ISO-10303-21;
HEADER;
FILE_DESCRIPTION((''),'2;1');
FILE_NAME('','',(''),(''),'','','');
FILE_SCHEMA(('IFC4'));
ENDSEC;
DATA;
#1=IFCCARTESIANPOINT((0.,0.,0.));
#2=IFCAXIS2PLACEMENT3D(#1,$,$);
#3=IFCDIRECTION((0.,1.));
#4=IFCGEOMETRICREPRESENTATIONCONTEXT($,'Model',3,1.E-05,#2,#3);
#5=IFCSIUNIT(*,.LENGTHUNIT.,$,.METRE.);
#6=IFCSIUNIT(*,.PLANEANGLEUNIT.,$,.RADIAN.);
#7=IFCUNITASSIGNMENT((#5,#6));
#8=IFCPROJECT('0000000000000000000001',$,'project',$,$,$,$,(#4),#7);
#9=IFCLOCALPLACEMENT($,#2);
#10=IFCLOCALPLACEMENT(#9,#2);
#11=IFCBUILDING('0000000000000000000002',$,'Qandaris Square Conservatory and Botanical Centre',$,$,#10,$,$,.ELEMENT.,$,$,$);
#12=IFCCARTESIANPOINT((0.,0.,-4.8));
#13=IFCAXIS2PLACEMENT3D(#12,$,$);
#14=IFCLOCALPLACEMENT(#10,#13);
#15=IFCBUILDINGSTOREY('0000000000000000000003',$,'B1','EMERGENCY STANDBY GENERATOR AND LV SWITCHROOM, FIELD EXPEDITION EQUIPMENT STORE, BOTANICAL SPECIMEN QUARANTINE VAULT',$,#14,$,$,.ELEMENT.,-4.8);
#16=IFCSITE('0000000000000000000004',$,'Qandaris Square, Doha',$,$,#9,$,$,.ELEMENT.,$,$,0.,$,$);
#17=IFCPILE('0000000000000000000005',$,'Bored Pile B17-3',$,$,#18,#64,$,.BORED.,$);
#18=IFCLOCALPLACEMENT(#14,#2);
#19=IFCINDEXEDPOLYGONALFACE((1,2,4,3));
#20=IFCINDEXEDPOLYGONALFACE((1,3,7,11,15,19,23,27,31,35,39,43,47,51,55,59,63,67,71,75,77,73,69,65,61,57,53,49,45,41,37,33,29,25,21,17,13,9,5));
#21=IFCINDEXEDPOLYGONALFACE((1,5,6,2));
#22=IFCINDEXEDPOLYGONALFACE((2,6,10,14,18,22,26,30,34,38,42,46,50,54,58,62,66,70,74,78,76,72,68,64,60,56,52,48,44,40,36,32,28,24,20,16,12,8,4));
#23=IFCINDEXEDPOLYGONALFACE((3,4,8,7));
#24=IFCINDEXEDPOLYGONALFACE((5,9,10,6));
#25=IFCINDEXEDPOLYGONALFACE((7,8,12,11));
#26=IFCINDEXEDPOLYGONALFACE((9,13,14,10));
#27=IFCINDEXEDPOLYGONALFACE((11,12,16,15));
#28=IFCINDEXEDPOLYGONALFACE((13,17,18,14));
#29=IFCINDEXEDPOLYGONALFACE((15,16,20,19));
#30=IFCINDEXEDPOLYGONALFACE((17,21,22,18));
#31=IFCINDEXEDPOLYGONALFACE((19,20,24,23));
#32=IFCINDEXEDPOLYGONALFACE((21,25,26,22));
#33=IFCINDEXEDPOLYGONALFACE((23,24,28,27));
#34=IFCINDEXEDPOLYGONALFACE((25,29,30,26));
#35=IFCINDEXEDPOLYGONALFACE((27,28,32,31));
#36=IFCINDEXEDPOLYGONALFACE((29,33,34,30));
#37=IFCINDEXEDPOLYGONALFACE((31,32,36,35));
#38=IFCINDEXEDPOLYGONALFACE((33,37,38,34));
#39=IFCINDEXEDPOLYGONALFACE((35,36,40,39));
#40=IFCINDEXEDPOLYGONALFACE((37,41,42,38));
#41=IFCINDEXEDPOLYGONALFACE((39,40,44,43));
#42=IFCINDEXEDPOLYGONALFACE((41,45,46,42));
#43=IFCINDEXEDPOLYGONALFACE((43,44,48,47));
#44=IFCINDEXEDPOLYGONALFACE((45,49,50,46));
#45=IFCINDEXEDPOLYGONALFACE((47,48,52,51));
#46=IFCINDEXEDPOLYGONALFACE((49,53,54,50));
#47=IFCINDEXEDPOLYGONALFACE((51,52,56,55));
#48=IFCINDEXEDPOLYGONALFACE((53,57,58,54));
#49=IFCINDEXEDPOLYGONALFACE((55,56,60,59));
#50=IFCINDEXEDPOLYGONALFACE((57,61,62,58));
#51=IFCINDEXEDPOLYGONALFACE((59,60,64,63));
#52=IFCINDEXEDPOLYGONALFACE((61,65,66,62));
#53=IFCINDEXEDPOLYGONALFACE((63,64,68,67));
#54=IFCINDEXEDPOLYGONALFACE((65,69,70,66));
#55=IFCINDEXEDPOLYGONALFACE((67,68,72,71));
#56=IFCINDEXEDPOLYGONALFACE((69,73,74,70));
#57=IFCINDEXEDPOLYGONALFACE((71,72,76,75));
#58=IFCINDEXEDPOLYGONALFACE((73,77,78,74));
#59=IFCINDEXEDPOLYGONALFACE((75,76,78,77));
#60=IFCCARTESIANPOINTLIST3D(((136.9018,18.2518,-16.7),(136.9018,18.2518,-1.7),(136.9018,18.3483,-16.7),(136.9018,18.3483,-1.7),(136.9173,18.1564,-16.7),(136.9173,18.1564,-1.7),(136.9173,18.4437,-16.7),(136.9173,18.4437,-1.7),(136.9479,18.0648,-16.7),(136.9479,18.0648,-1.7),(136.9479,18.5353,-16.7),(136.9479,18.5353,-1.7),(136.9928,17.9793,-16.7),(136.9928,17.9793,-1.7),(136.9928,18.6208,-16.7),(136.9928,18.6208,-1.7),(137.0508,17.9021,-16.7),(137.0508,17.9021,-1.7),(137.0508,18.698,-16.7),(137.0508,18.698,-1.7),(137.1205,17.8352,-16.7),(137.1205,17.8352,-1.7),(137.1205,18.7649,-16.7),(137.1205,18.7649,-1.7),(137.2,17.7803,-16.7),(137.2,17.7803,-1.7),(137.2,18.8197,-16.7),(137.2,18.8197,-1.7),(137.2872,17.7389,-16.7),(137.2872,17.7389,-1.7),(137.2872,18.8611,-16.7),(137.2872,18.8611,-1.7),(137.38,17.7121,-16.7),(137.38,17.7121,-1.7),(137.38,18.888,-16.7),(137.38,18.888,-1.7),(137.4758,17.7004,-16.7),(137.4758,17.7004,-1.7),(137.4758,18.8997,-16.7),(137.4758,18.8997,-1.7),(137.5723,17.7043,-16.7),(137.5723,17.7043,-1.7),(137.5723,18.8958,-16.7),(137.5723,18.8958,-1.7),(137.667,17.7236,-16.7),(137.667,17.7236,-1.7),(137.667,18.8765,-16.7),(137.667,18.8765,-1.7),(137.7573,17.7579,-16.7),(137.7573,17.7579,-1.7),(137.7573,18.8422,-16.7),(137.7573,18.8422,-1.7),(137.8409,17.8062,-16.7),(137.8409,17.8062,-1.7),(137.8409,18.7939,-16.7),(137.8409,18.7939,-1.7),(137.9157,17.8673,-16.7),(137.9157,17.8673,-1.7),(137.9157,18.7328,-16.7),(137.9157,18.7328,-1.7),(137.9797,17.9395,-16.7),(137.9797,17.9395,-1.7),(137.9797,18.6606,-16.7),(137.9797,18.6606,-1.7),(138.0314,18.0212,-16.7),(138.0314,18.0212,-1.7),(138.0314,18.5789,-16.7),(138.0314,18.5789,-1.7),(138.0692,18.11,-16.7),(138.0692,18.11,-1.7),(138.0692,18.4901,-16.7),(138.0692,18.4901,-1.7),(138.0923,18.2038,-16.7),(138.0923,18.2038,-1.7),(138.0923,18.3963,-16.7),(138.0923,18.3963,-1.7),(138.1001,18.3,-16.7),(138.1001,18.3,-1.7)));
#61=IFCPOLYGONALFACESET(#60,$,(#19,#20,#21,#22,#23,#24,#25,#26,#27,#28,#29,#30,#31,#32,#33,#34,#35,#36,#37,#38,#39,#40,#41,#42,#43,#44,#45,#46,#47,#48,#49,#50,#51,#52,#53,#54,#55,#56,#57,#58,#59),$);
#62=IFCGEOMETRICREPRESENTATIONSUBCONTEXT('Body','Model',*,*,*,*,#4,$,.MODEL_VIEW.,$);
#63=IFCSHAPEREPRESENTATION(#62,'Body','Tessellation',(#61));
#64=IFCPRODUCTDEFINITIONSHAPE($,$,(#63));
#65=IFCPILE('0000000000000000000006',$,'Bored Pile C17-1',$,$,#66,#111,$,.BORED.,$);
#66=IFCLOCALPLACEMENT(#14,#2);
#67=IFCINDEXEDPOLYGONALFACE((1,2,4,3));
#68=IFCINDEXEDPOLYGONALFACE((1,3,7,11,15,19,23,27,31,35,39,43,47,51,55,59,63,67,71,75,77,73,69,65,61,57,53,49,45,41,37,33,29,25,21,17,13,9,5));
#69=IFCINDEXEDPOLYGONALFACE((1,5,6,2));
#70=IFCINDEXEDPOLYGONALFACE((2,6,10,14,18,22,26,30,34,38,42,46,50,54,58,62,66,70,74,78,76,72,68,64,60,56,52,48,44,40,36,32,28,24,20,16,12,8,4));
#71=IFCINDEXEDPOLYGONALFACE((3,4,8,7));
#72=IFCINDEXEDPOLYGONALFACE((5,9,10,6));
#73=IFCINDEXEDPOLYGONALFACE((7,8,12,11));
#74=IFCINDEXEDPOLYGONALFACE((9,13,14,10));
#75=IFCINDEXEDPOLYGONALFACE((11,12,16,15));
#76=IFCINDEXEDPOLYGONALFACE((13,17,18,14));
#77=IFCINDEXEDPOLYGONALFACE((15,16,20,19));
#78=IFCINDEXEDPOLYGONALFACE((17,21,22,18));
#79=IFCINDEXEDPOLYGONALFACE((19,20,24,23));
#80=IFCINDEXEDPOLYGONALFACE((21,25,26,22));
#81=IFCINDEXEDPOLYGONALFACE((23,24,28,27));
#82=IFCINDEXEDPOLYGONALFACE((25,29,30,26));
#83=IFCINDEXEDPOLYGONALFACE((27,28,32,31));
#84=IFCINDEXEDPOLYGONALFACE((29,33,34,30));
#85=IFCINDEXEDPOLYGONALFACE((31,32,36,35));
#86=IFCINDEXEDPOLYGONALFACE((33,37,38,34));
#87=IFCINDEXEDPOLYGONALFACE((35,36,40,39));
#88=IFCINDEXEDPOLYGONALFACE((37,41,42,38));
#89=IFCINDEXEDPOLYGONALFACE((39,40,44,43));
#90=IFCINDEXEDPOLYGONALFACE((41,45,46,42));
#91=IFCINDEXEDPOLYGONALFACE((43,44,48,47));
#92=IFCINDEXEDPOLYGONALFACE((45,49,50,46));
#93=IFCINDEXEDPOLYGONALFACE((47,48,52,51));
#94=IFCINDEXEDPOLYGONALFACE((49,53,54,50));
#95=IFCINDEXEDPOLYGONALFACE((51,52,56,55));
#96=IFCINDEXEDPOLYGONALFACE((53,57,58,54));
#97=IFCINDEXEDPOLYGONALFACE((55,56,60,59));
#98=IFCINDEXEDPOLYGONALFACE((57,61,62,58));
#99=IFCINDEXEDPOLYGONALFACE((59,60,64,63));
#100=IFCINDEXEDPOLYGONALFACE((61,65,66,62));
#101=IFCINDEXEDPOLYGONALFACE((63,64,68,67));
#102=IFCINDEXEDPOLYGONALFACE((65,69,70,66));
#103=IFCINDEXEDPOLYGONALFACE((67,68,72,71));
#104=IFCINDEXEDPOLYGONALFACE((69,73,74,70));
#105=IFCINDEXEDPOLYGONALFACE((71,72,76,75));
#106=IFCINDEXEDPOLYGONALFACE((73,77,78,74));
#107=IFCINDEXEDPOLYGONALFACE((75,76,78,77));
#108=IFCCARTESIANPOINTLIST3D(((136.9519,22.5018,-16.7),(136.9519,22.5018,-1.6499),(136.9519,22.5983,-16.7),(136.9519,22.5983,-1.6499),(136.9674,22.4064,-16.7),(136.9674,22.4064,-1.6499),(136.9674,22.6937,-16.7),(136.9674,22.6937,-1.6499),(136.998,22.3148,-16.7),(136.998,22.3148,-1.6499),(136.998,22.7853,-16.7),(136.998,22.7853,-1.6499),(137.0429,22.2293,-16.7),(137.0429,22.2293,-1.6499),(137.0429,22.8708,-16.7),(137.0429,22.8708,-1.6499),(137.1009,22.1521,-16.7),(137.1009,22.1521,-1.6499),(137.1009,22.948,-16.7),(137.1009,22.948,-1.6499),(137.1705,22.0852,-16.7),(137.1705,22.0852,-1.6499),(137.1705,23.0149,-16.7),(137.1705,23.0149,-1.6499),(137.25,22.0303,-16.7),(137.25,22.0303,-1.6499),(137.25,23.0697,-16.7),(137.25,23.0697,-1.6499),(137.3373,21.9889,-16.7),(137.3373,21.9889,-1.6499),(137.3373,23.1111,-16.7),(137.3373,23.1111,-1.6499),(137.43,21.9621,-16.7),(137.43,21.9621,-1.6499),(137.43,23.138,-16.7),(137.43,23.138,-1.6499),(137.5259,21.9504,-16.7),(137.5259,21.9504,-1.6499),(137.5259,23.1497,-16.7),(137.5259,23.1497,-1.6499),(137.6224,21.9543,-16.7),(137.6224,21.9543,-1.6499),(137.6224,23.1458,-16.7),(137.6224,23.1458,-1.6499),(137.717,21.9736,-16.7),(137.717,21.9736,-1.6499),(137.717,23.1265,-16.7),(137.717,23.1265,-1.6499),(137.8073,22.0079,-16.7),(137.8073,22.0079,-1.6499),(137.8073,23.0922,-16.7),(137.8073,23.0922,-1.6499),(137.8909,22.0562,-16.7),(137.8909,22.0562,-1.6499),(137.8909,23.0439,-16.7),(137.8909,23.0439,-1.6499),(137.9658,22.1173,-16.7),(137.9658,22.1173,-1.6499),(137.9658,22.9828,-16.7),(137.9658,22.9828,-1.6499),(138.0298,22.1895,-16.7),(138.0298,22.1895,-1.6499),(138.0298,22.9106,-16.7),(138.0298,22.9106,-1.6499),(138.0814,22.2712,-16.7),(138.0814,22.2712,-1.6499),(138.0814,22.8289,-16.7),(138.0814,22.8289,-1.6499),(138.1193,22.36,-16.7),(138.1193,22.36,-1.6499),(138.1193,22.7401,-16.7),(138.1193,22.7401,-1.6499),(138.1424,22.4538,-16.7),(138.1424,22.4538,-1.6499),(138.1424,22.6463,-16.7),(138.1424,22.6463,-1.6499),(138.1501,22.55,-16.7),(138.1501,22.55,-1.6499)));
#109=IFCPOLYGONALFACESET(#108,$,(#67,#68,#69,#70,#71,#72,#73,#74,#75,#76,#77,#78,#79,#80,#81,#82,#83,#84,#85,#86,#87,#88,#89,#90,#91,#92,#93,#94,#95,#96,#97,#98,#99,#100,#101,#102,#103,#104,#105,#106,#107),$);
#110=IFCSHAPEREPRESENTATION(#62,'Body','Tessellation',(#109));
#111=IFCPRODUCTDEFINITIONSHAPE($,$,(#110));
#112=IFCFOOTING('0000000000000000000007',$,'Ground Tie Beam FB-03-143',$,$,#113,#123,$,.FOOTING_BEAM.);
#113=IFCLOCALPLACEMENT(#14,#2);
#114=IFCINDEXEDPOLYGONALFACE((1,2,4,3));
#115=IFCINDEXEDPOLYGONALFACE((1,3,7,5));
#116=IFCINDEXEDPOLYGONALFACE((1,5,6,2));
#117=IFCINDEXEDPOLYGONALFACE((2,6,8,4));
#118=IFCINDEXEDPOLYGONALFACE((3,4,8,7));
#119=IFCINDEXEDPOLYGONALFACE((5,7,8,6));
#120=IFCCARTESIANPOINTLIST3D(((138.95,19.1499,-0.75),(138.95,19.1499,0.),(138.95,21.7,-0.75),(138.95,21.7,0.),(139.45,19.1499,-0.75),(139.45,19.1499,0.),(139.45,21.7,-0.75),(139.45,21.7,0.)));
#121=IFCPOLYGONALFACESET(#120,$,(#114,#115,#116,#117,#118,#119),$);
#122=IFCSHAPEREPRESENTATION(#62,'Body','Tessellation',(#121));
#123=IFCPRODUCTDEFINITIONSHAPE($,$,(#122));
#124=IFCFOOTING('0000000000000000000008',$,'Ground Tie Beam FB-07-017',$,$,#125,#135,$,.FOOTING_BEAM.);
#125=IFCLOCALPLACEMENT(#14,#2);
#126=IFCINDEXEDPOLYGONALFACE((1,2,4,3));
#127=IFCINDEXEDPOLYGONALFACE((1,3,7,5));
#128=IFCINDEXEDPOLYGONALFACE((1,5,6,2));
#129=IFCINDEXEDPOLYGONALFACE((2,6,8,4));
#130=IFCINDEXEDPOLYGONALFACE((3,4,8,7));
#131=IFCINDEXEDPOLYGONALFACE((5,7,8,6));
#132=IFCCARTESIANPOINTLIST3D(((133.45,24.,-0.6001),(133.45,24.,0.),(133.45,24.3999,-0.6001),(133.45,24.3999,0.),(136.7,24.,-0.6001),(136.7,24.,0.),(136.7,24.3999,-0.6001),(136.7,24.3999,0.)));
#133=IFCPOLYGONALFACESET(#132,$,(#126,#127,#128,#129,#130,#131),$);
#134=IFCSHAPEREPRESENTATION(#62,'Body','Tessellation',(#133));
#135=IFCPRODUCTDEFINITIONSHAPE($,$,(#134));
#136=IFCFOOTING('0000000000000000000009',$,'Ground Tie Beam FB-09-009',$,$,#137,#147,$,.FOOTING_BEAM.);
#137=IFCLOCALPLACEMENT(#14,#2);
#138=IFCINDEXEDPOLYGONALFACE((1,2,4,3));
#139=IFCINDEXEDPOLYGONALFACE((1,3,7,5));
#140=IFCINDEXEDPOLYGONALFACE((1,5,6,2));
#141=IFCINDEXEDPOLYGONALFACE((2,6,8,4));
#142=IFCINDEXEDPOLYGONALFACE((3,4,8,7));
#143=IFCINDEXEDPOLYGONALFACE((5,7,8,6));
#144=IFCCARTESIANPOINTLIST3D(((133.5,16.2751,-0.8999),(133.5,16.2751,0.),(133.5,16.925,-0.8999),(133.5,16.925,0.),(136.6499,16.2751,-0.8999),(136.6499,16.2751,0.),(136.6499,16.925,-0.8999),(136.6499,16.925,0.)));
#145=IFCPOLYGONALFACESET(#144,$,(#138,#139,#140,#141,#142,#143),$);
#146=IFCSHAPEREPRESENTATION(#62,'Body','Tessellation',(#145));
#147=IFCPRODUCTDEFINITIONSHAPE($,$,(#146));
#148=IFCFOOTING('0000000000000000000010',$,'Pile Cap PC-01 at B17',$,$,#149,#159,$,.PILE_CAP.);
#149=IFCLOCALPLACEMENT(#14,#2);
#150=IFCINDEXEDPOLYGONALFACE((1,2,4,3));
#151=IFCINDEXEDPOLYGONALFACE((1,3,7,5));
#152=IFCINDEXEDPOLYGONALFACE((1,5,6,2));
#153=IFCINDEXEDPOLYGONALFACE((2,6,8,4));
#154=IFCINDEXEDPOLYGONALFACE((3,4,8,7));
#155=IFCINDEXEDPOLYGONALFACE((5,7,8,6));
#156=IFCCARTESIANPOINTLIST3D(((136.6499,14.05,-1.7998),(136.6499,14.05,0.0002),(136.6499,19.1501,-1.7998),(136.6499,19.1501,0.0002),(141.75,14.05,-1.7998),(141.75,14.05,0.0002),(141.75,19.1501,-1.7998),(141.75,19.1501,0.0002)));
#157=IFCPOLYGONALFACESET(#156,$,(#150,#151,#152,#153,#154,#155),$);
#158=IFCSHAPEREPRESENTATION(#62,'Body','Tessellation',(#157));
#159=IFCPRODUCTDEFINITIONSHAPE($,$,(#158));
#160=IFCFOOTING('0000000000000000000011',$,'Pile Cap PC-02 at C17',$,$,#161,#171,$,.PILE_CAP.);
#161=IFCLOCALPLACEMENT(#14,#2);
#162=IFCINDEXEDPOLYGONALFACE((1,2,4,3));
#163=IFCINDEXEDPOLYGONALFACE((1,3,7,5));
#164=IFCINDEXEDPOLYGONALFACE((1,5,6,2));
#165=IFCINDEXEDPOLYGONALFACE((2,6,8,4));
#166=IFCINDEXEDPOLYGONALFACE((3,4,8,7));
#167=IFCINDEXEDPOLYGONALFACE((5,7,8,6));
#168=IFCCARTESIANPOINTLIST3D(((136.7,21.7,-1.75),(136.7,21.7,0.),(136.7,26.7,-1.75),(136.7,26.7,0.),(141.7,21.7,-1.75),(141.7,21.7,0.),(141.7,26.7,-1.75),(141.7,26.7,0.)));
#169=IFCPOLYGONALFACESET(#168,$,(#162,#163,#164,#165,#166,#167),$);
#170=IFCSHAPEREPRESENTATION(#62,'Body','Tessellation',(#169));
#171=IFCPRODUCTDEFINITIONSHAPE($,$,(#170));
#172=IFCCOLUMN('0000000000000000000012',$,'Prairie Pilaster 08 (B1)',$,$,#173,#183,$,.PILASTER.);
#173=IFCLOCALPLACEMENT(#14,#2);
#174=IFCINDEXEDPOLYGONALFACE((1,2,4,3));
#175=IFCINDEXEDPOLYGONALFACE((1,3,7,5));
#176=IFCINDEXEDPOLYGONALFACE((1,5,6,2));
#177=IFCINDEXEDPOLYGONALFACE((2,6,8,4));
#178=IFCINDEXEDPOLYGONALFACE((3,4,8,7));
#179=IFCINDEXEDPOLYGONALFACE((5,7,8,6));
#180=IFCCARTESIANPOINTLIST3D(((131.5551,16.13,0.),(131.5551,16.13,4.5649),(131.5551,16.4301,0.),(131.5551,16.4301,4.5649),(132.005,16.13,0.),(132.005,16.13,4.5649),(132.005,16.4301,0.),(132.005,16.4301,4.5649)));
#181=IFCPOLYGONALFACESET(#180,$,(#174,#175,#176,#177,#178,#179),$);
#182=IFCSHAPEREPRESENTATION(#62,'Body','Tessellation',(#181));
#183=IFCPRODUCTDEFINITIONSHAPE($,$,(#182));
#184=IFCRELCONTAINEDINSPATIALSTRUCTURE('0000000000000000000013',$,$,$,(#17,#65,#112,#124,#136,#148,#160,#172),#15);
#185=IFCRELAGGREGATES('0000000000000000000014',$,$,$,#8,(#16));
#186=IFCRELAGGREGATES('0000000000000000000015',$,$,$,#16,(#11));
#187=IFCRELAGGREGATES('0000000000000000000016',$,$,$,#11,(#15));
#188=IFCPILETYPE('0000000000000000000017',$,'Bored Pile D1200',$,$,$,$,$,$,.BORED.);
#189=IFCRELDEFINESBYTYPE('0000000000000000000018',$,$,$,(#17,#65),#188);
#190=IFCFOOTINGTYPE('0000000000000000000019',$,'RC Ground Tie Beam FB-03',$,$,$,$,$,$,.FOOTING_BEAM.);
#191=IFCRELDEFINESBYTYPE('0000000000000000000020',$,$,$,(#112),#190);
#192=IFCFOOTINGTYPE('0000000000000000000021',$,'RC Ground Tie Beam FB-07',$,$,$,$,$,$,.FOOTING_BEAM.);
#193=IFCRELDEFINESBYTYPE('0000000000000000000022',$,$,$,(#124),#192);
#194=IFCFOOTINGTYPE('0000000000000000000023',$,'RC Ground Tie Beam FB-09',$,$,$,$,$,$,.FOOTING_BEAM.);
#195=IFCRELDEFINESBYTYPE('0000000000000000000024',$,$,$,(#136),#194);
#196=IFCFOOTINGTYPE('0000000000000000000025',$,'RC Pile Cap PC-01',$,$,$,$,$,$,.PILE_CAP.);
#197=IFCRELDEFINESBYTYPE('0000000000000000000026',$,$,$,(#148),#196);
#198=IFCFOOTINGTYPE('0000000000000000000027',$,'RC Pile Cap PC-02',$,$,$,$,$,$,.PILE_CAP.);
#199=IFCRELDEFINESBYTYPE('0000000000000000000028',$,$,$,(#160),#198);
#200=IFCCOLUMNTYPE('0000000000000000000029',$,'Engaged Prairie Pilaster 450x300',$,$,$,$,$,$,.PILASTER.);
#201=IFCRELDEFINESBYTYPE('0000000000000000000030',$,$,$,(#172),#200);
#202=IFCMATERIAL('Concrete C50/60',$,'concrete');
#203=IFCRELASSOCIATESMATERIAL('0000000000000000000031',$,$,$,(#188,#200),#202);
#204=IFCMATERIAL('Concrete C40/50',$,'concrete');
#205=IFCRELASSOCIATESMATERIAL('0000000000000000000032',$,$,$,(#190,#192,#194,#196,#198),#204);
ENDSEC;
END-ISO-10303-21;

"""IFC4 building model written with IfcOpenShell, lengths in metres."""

from ifc_helpers import new_model, si_unit, direction, frame, origin, origin_2d, place, context, subcontext, project, spatial, rectangle, circle, extrude, material, material_profile, profile_set, type_object, element, save


model = new_model("IFC4")

# Units and contexts
model_context = context("Model", 3, precision=1e-05, world=origin(), true_north=direction((0.0, 1.0)))
body_context = subcontext(model_context, "Body", "Model", "MODEL_VIEW")
ifc_project = project(units=[si_unit("LENGTHUNIT", "METRE"), si_unit("PLANEANGLEUNIT", "RADIAN")], contexts=[model_context])

# Site, building, storey
site_placement = place(None, origin())
site = spatial("IfcSite", under=ifc_project, at=site_placement, Name="Qandaris Square, Doha", CompositionType="ELEMENT", RefElevation=0.0)
building_placement = place(site_placement, origin())
building = spatial("IfcBuilding", under=site, at=building_placement, Name="Qandaris Square Conservatory and Botanical Centre", CompositionType="ELEMENT")
storey_placement = place(building_placement, frame((0.0, 0.0, -4.8)))
storey = spatial("IfcBuildingStorey", under=building, at=storey_placement, Name="B1", Description="EMERGENCY STANDBY GENERATOR AND LV SWITCHROOM, FIELD EXPEDITION EQUIPMENT STORE, BOTANICAL SPECIMEN QUARANTINE VAULT", CompositionType="ELEMENT", Elevation=-4.8)

# Piles
ifc_material_1 = material(Name="Concrete C50/60", Category="concrete")
ifc_material_profile_1 = material_profile(ifc_material_1, circle(Radius=0.6001, at=origin_2d()), Name="PILE D1200")
ifc_profile_set_1 = profile_set([ifc_material_profile_1], Name="Concrete C50/60")
pile_type = type_object("IfcPileType", Name="Bored Pile D1200", PredefinedType="BORED", material=ifc_profile_set_1)
for number, where, z_axis, x_axis, name in (
    (1, (137.5, 18.3, -1.7), (0.0, 0.0, -1.0), (1.0, 0.0, 0.0), "Bored Pile B17-3"),
):
    element("IfcPile", number, at=place(storey_placement, frame(where, z_axis=z_axis, x_axis=x_axis)), inside=storey, type_object=pile_type, Name=name, PredefinedType="BORED", context=body_context, shape_type="SweptSolid", body=[
        extrude(circle(Radius=0.6001, at=origin_2d()), origin(), (0.0, 0.0, 1.0), 15.0),
    ])
pile_1_placement = place(storey_placement, frame((137.55, 22.55, -1.6499), z_axis=(0.0, 0.0, -1.0), x_axis=(1.0, 0.0, 0.0)))
element("IfcPile", 2, at=pile_1_placement, inside=storey, type_object=pile_type, Name="Bored Pile C17-1", PredefinedType="BORED", context=body_context, shape_type="SweptSolid", body=[
    extrude(circle(Radius=0.6001, at=origin_2d()), origin(), (0.0, 0.0, 1.0), 15.05),
])

# Footings
ifc_material_2 = material(Name="Concrete C40/50", Category="concrete")
ifc_material_profile_2 = material_profile(ifc_material_2, rectangle(XDim=0.5, YDim=0.75, at=origin_2d()), Name="FB 500x750")
ifc_profile_set_2 = profile_set([ifc_material_profile_2], Name="Concrete C40/50")
footing_type_1 = type_object("IfcFootingType", Name="RC Ground Tie Beam FB-03", PredefinedType="FOOTING_BEAM", material=ifc_profile_set_2)
footing_1_placement = place(storey_placement, frame((139.2, 19.1499, -0.375), z_axis=(0.0, 1.0, 0.0), x_axis=(-1.0, 0.0, 0.0)))
element("IfcFooting", 3, at=footing_1_placement, inside=storey, type_object=footing_type_1, Name="Ground Tie Beam FB-03-143", PredefinedType="FOOTING_BEAM", context=body_context, shape_type="SweptSolid", body=[
    extrude(rectangle(XDim=0.5, YDim=0.75, at=origin_2d()), origin(), (0.0, 0.0, 1.0), 2.55),
])
ifc_material_profile_3 = material_profile(ifc_material_2, rectangle(XDim=0.3999, YDim=0.6001, at=origin_2d()), Name="FB 400x600")
ifc_profile_set_3 = profile_set([ifc_material_profile_3], Name="Concrete C40/50")
footing_type_2 = type_object("IfcFootingType", Name="RC Ground Tie Beam FB-07", PredefinedType="FOOTING_BEAM", material=ifc_profile_set_3)
footing_2_placement = place(storey_placement, frame((133.45, 24.2, -0.3), z_axis=(1.0, 0.0, 0.0), x_axis=(0.0, 1.0, 0.0)))
element("IfcFooting", 4, at=footing_2_placement, inside=storey, type_object=footing_type_2, Name="Ground Tie Beam FB-07-017", PredefinedType="FOOTING_BEAM", context=body_context, shape_type="SweptSolid", body=[
    extrude(rectangle(XDim=0.3999, YDim=0.6001, at=origin_2d()), origin(), (0.0, 0.0, 1.0), 3.25),
])
ifc_material_profile_4 = material_profile(ifc_material_2, rectangle(XDim=0.6499, YDim=0.8999, at=origin_2d()), Name="FB 650x900")
ifc_profile_set_4 = profile_set([ifc_material_profile_4], Name="Concrete C40/50")
footing_type_3 = type_object("IfcFootingType", Name="RC Ground Tie Beam FB-09", PredefinedType="FOOTING_BEAM", material=ifc_profile_set_4)
footing_3_placement = place(storey_placement, frame((133.5, 16.6001, -0.45), z_axis=(1.0, 0.0, 0.0), x_axis=(0.0, 1.0, 0.0)))
element("IfcFooting", 5, at=footing_3_placement, inside=storey, type_object=footing_type_3, Name="Ground Tie Beam FB-09-009", PredefinedType="FOOTING_BEAM", context=body_context, shape_type="SweptSolid", body=[
    extrude(rectangle(XDim=0.6499, YDim=0.8999, at=origin_2d()), origin(), (0.0, 0.0, 1.0), 3.1499),
])
footing_type_4 = type_object("IfcFootingType", Name="RC Pile Cap PC-01", PredefinedType="PILE_CAP", material=ifc_material_2)
footing_4_placement = place(storey_placement, frame((139.2, 16.6001, -1.7998), z_axis=(0.0, 0.0, 1.0), x_axis=(1.0, 0.0, 0.0)))
element("IfcFooting", 6, at=footing_4_placement, inside=storey, type_object=footing_type_4, Name="Pile Cap PC-01 at B17", PredefinedType="PILE_CAP", context=body_context, shape_type="SweptSolid", body=[
    extrude(rectangle(XDim=5.1001, YDim=5.1001, at=origin_2d()), origin(), (0.0, 0.0, 1.0), 1.8),
])
footing_type_5 = type_object("IfcFootingType", Name="RC Pile Cap PC-02", PredefinedType="PILE_CAP", material=ifc_material_2)
footing_5_placement = place(storey_placement, frame((139.2, 24.2, -1.75), z_axis=(0.0, 0.0, 1.0), x_axis=(1.0, 0.0, 0.0)))
element("IfcFooting", 7, at=footing_5_placement, inside=storey, type_object=footing_type_5, Name="Pile Cap PC-02 at C17", PredefinedType="PILE_CAP", context=body_context, shape_type="SweptSolid", body=[
    extrude(rectangle(XDim=5.0, YDim=5.0, at=origin_2d()), origin(), (0.0, 0.0, 1.0), 1.75),
])

# Column
ifc_material_profile_5 = material_profile(ifc_material_1, rectangle(XDim=0.45, YDim=0.3, at=origin_2d()), Name="RC-PIL 450x300")
ifc_profile_set_5 = profile_set([ifc_material_profile_5], Name="Concrete C50/60")
column_type_1 = type_object("IfcColumnType", Name="Engaged Prairie Pilaster 450x300", PredefinedType="PILASTER", material=ifc_profile_set_5)
column_placement = place(storey_placement, frame((131.78, 16.28, 0.0), z_axis=(0.0, 0.0, 1.0), x_axis=(1.0, 0.0, 0.0)))
element("IfcColumn", 8, at=column_placement, inside=storey, type_object=column_type_1, Name="Prairie Pilaster 08 (B1)", PredefinedType="PILASTER", context=body_context, shape_type="SweptSolid", body=[
    extrude(rectangle(XDim=0.45, YDim=0.3, at=origin_2d()), origin(), (0.0, 0.0, 1.0), 4.5649),
])

save(model, "model.ifc")
